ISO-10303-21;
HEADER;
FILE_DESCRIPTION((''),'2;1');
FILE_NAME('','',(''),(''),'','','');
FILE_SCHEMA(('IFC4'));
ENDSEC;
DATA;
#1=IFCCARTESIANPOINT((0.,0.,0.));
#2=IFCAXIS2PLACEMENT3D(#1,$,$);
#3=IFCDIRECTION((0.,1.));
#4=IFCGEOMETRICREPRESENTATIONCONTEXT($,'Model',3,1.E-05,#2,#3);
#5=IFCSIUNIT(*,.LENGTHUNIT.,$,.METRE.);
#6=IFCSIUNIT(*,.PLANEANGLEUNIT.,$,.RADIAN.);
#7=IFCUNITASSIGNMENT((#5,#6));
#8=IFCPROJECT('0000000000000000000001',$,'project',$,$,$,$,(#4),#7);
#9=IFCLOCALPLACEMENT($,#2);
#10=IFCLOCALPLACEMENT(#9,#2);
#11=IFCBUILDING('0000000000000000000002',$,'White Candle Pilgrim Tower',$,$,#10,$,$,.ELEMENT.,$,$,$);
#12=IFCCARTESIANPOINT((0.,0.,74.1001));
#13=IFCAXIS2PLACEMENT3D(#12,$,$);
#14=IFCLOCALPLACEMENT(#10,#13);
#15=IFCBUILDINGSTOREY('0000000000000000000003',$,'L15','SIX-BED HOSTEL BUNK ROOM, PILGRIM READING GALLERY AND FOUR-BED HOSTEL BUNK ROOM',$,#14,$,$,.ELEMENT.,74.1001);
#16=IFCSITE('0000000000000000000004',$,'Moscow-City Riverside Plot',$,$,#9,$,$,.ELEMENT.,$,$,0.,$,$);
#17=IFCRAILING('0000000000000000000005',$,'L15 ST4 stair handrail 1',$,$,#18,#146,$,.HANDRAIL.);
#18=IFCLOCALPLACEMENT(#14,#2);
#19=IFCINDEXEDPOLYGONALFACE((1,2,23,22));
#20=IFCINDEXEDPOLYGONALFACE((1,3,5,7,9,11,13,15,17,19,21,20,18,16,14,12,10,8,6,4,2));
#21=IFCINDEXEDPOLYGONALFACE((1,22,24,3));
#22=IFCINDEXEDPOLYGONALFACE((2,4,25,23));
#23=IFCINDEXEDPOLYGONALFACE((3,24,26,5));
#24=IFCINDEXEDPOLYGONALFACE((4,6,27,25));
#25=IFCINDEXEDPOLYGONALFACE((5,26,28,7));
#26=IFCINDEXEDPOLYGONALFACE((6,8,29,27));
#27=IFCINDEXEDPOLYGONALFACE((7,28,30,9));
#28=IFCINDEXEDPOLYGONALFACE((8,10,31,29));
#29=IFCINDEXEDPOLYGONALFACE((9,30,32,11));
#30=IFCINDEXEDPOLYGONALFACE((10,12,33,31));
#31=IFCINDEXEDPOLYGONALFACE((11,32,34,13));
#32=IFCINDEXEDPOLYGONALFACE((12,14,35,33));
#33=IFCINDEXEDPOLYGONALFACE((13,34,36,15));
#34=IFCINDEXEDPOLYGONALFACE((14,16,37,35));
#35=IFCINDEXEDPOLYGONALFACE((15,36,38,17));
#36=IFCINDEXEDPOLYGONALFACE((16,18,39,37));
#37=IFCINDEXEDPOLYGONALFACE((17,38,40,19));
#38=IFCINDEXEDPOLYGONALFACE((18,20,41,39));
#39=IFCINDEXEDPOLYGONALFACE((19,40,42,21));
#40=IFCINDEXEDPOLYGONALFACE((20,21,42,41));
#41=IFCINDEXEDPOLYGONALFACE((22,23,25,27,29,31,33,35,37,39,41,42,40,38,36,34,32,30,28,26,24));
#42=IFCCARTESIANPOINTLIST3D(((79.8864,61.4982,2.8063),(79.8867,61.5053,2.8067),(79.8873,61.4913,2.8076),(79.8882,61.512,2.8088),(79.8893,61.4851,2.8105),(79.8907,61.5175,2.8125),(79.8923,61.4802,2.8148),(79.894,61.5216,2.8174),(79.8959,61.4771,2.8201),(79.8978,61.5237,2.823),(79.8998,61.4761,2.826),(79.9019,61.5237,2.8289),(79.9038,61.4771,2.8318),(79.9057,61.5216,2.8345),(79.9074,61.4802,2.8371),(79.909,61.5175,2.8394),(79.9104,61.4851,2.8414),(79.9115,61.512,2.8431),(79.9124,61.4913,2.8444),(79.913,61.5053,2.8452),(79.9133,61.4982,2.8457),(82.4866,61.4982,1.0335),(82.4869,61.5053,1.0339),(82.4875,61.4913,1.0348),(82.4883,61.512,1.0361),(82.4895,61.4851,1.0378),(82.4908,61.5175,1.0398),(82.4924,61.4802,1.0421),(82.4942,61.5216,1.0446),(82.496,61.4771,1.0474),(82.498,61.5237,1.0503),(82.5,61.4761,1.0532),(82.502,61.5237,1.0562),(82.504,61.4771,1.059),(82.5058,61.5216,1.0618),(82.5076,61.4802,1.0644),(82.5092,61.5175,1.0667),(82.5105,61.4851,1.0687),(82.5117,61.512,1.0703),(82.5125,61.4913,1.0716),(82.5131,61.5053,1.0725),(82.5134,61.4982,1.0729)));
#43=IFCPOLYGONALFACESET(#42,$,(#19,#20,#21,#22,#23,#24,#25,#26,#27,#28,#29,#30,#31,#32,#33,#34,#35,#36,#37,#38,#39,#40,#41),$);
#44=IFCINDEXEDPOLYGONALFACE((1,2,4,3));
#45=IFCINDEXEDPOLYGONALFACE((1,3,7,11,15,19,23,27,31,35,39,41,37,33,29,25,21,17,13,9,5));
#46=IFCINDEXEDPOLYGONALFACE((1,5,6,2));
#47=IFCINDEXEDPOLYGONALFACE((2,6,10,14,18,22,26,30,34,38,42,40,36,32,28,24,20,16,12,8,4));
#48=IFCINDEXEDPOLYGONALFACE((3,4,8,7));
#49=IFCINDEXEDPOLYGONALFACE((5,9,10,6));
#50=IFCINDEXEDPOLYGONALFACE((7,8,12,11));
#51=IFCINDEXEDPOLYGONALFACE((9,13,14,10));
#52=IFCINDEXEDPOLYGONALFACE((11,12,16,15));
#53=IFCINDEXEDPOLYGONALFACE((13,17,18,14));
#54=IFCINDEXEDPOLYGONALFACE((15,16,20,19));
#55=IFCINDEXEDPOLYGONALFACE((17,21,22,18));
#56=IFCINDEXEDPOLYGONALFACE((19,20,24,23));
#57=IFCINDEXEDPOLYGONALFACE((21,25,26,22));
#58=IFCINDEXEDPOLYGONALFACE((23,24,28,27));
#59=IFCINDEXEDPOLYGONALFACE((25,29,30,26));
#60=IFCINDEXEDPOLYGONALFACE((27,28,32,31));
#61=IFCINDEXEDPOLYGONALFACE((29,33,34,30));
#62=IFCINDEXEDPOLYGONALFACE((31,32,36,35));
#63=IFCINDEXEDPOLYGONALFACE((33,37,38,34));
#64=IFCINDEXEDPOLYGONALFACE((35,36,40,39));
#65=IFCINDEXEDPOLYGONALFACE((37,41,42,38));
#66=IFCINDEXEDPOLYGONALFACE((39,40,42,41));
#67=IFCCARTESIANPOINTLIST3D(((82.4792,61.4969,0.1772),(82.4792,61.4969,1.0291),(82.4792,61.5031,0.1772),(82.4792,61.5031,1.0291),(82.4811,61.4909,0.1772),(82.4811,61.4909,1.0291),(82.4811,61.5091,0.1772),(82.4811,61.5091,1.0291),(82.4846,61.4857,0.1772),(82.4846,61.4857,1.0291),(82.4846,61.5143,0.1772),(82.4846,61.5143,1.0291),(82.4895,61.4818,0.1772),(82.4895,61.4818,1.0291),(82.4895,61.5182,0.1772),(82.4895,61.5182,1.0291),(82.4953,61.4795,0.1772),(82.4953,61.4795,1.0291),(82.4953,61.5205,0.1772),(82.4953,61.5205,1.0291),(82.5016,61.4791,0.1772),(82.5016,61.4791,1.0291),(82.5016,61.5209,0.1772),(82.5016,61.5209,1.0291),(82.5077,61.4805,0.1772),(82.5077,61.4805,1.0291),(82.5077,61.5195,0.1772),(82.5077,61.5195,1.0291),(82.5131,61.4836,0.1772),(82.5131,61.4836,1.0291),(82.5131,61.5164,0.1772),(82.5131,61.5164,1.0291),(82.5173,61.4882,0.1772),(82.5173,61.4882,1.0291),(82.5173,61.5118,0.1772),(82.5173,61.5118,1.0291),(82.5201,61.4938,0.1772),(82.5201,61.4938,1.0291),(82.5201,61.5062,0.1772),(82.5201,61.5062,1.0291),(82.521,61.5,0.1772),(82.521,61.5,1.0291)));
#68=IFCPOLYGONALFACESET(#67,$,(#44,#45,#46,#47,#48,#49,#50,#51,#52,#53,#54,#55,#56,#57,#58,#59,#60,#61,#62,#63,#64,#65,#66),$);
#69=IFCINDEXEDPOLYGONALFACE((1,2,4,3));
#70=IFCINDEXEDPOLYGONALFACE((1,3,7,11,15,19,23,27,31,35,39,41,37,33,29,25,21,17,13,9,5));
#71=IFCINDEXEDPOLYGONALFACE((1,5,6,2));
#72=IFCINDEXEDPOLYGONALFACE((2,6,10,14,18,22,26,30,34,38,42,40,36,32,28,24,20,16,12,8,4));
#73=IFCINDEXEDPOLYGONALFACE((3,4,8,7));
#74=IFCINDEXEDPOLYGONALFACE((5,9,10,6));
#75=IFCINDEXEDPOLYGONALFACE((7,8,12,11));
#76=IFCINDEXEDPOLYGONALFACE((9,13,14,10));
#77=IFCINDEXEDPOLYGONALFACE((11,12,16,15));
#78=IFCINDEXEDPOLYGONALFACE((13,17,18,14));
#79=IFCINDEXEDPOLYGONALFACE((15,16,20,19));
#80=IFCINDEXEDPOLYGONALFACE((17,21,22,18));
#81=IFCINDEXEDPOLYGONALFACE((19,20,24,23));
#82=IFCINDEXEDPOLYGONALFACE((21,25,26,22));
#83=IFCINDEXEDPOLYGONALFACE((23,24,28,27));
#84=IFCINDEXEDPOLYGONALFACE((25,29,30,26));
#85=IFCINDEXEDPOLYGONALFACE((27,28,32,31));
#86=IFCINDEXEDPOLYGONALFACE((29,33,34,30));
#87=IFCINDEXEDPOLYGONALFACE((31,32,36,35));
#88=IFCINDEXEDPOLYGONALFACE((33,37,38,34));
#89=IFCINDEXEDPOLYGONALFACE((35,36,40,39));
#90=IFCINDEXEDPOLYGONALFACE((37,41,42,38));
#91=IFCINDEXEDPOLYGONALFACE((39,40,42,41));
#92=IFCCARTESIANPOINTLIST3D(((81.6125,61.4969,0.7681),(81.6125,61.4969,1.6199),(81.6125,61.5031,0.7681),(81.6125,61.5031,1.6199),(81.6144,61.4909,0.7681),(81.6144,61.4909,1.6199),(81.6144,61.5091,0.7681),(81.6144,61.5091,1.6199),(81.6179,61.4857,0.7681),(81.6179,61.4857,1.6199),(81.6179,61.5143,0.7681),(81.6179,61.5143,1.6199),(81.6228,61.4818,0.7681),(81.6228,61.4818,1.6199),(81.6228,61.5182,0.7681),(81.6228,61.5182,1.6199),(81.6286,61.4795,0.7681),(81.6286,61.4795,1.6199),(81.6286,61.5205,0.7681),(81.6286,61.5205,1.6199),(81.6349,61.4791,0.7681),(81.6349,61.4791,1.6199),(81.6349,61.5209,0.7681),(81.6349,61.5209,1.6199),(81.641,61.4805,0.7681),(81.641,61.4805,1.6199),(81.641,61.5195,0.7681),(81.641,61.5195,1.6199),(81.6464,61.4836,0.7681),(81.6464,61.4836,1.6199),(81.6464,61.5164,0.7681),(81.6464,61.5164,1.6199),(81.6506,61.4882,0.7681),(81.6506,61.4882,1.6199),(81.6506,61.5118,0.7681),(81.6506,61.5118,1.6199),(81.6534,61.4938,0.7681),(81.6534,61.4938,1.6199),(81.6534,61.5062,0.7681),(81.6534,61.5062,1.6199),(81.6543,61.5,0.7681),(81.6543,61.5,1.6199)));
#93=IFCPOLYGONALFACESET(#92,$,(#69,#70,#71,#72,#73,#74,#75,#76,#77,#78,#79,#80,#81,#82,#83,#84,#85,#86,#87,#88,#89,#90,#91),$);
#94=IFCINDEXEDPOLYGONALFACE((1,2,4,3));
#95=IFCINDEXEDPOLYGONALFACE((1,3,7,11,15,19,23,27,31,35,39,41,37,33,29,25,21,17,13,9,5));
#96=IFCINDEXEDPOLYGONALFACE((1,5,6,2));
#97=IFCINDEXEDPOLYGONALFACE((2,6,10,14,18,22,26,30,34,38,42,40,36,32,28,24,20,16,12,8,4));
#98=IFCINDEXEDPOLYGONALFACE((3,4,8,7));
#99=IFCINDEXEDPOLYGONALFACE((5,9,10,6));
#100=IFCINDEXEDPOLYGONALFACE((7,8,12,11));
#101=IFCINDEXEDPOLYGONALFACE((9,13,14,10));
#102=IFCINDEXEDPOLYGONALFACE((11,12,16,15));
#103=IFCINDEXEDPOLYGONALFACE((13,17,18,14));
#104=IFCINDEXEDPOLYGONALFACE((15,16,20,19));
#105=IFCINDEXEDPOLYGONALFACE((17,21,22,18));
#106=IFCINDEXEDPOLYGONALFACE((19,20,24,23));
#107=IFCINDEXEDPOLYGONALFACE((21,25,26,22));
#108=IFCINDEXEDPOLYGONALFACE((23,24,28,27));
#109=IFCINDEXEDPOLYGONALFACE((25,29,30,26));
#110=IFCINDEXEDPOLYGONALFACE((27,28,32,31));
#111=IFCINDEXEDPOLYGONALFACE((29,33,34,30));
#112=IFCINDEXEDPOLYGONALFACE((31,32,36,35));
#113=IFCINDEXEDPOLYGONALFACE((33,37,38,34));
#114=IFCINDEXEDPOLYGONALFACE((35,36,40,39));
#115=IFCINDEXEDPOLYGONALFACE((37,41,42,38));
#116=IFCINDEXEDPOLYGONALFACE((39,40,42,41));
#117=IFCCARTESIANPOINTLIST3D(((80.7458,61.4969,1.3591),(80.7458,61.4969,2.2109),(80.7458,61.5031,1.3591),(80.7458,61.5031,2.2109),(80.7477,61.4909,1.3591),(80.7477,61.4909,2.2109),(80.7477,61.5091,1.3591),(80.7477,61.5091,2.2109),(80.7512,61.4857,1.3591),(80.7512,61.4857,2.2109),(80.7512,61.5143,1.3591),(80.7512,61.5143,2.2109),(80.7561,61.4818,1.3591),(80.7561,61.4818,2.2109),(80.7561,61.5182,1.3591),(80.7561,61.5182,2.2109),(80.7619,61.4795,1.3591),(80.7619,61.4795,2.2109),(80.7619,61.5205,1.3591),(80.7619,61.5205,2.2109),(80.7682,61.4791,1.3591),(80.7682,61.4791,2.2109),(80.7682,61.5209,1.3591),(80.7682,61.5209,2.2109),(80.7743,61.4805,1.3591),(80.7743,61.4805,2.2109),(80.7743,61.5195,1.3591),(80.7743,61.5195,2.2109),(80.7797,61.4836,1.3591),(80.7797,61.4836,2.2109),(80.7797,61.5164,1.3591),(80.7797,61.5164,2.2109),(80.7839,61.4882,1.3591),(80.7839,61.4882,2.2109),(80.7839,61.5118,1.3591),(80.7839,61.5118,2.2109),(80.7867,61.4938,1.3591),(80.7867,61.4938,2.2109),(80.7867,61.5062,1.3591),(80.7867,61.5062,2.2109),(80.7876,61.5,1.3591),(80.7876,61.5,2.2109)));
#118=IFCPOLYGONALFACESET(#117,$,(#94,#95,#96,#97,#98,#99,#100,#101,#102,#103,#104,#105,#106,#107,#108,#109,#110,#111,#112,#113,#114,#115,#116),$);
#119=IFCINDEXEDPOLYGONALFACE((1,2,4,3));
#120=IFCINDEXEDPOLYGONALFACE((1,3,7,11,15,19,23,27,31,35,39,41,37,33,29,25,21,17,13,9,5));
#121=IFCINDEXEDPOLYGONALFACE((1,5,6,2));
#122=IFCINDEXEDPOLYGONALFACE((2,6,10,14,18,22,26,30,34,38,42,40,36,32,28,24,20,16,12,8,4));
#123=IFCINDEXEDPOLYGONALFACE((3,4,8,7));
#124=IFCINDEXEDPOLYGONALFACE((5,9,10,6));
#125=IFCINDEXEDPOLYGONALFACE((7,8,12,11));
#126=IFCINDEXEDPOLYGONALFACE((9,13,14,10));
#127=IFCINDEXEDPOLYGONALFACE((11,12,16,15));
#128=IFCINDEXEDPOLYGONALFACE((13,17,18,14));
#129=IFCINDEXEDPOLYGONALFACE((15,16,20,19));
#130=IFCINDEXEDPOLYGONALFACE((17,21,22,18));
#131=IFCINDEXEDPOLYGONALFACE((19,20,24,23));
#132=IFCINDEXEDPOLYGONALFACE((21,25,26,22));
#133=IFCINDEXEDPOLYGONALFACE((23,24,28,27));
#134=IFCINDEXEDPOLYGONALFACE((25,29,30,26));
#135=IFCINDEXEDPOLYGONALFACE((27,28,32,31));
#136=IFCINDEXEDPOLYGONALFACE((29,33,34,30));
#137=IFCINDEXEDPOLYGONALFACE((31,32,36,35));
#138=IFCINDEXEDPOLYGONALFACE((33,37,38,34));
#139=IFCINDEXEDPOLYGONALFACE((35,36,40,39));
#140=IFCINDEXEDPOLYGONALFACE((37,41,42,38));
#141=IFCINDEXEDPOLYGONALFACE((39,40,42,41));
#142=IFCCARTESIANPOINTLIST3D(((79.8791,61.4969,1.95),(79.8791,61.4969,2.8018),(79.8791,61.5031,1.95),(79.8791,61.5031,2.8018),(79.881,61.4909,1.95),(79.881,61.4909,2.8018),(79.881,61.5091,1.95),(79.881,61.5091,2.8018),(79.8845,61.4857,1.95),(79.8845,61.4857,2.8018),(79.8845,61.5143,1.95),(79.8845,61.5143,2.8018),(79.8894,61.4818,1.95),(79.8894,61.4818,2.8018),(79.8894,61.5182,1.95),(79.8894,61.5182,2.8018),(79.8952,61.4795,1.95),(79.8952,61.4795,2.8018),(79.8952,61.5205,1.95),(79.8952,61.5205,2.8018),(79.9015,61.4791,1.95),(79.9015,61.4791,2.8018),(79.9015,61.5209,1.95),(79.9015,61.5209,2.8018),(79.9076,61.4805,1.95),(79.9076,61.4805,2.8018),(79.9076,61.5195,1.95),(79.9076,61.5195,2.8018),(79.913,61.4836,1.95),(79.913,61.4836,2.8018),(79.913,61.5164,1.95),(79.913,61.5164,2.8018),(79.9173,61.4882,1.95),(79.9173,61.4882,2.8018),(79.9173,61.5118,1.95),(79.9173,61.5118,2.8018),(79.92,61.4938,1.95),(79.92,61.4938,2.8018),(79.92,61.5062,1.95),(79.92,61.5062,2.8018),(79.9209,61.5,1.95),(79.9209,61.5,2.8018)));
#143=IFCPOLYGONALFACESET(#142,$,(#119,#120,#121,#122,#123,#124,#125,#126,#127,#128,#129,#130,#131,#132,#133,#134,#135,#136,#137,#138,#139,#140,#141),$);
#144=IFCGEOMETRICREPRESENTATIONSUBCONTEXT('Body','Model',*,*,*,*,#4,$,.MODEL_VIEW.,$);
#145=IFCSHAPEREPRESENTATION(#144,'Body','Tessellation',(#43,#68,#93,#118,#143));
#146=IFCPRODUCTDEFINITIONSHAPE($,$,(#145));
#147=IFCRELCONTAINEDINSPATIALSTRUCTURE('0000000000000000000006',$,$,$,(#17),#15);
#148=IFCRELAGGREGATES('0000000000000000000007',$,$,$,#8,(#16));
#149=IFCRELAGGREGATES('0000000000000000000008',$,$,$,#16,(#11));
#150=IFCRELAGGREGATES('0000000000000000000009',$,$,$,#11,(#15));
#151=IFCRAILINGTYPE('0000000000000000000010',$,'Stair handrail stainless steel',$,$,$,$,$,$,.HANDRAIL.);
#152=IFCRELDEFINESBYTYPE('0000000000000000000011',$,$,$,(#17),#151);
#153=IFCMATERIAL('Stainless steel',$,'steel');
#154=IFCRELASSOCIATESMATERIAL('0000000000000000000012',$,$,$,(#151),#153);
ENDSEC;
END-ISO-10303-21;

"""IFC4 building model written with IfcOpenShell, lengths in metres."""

from ifc_helpers import new_model, si_unit, direction, frame, origin, origin_2d, place, context, subcontext, project, spatial, circle, extrude, material, type_object, element, save


model = new_model("IFC4")

# Units and contexts
model_context = context("Model", 3, precision=1e-05, world=origin(), true_north=direction((0.0, 1.0)))
body_context = subcontext(model_context, "Body", "Model", "MODEL_VIEW")
ifc_project = project(units=[si_unit("LENGTHUNIT", "METRE"), si_unit("PLANEANGLEUNIT", "RADIAN")], contexts=[model_context])

# Site, building, storey
site_placement = place(None, origin())
site = spatial("IfcSite", under=ifc_project, at=site_placement, Name="Moscow-City Riverside Plot", CompositionType="ELEMENT", RefElevation=0.0)
building_placement = place(site_placement, origin())
building = spatial("IfcBuilding", under=site, at=building_placement, Name="White Candle Pilgrim Tower", CompositionType="ELEMENT")
storey_placement = place(building_placement, frame((0.0, 0.0, 74.1001)))
storey = spatial("IfcBuildingStorey", under=building, at=storey_placement, Name="L15", Description="SIX-BED HOSTEL BUNK ROOM, PILGRIM READING GALLERY AND FOUR-BED HOSTEL BUNK ROOM", CompositionType="ELEMENT", Elevation=74.1001)

# Railing
ifc_material_1 = material(Name="Stainless steel", Category="steel")
railing_type_1 = type_object("IfcRailingType", Name="Stair handrail stainless steel", PredefinedType="HANDRAIL", material=ifc_material_1)
railing_1_placement = place(storey_placement, frame((82.5, 61.5, 0.1772)))
element("IfcRailing", 1, at=railing_1_placement, inside=storey, type_object=railing_type_1, Name="L15 ST4 stair handrail 1", PredefinedType="HANDRAIL", context=body_context, shape_type="SweptSolid", body=[
    extrude(circle(Radius=0.0239, at=origin_2d()), frame((0.0, 0.0, 0.876), z_axis=(-0.82624, 0.0, 0.563318), x_axis=(0.0, -1.0, 0.0)), (0.0, 0.0, 1.0), 3.147),
    extrude(circle(Radius=0.021, at=origin_2d()), origin(), (0.0, 0.0, 1.0), 0.8518),
    extrude(circle(Radius=0.021, at=origin_2d()), frame((-0.8667, 0.0, 0.5908)), (0.0, 0.0, 1.0), 0.8518),
    extrude(circle(Radius=0.021, at=origin_2d()), frame((-1.7334, 0.0, 1.1819)), (0.0, 0.0, 1.0), 0.8518),
    extrude(circle(Radius=0.021, at=origin_2d()), frame((-2.6001, 0.0, 1.7727)), (0.0, 0.0, 1.0), 0.8518),
])

save(model, "model.ifc")
